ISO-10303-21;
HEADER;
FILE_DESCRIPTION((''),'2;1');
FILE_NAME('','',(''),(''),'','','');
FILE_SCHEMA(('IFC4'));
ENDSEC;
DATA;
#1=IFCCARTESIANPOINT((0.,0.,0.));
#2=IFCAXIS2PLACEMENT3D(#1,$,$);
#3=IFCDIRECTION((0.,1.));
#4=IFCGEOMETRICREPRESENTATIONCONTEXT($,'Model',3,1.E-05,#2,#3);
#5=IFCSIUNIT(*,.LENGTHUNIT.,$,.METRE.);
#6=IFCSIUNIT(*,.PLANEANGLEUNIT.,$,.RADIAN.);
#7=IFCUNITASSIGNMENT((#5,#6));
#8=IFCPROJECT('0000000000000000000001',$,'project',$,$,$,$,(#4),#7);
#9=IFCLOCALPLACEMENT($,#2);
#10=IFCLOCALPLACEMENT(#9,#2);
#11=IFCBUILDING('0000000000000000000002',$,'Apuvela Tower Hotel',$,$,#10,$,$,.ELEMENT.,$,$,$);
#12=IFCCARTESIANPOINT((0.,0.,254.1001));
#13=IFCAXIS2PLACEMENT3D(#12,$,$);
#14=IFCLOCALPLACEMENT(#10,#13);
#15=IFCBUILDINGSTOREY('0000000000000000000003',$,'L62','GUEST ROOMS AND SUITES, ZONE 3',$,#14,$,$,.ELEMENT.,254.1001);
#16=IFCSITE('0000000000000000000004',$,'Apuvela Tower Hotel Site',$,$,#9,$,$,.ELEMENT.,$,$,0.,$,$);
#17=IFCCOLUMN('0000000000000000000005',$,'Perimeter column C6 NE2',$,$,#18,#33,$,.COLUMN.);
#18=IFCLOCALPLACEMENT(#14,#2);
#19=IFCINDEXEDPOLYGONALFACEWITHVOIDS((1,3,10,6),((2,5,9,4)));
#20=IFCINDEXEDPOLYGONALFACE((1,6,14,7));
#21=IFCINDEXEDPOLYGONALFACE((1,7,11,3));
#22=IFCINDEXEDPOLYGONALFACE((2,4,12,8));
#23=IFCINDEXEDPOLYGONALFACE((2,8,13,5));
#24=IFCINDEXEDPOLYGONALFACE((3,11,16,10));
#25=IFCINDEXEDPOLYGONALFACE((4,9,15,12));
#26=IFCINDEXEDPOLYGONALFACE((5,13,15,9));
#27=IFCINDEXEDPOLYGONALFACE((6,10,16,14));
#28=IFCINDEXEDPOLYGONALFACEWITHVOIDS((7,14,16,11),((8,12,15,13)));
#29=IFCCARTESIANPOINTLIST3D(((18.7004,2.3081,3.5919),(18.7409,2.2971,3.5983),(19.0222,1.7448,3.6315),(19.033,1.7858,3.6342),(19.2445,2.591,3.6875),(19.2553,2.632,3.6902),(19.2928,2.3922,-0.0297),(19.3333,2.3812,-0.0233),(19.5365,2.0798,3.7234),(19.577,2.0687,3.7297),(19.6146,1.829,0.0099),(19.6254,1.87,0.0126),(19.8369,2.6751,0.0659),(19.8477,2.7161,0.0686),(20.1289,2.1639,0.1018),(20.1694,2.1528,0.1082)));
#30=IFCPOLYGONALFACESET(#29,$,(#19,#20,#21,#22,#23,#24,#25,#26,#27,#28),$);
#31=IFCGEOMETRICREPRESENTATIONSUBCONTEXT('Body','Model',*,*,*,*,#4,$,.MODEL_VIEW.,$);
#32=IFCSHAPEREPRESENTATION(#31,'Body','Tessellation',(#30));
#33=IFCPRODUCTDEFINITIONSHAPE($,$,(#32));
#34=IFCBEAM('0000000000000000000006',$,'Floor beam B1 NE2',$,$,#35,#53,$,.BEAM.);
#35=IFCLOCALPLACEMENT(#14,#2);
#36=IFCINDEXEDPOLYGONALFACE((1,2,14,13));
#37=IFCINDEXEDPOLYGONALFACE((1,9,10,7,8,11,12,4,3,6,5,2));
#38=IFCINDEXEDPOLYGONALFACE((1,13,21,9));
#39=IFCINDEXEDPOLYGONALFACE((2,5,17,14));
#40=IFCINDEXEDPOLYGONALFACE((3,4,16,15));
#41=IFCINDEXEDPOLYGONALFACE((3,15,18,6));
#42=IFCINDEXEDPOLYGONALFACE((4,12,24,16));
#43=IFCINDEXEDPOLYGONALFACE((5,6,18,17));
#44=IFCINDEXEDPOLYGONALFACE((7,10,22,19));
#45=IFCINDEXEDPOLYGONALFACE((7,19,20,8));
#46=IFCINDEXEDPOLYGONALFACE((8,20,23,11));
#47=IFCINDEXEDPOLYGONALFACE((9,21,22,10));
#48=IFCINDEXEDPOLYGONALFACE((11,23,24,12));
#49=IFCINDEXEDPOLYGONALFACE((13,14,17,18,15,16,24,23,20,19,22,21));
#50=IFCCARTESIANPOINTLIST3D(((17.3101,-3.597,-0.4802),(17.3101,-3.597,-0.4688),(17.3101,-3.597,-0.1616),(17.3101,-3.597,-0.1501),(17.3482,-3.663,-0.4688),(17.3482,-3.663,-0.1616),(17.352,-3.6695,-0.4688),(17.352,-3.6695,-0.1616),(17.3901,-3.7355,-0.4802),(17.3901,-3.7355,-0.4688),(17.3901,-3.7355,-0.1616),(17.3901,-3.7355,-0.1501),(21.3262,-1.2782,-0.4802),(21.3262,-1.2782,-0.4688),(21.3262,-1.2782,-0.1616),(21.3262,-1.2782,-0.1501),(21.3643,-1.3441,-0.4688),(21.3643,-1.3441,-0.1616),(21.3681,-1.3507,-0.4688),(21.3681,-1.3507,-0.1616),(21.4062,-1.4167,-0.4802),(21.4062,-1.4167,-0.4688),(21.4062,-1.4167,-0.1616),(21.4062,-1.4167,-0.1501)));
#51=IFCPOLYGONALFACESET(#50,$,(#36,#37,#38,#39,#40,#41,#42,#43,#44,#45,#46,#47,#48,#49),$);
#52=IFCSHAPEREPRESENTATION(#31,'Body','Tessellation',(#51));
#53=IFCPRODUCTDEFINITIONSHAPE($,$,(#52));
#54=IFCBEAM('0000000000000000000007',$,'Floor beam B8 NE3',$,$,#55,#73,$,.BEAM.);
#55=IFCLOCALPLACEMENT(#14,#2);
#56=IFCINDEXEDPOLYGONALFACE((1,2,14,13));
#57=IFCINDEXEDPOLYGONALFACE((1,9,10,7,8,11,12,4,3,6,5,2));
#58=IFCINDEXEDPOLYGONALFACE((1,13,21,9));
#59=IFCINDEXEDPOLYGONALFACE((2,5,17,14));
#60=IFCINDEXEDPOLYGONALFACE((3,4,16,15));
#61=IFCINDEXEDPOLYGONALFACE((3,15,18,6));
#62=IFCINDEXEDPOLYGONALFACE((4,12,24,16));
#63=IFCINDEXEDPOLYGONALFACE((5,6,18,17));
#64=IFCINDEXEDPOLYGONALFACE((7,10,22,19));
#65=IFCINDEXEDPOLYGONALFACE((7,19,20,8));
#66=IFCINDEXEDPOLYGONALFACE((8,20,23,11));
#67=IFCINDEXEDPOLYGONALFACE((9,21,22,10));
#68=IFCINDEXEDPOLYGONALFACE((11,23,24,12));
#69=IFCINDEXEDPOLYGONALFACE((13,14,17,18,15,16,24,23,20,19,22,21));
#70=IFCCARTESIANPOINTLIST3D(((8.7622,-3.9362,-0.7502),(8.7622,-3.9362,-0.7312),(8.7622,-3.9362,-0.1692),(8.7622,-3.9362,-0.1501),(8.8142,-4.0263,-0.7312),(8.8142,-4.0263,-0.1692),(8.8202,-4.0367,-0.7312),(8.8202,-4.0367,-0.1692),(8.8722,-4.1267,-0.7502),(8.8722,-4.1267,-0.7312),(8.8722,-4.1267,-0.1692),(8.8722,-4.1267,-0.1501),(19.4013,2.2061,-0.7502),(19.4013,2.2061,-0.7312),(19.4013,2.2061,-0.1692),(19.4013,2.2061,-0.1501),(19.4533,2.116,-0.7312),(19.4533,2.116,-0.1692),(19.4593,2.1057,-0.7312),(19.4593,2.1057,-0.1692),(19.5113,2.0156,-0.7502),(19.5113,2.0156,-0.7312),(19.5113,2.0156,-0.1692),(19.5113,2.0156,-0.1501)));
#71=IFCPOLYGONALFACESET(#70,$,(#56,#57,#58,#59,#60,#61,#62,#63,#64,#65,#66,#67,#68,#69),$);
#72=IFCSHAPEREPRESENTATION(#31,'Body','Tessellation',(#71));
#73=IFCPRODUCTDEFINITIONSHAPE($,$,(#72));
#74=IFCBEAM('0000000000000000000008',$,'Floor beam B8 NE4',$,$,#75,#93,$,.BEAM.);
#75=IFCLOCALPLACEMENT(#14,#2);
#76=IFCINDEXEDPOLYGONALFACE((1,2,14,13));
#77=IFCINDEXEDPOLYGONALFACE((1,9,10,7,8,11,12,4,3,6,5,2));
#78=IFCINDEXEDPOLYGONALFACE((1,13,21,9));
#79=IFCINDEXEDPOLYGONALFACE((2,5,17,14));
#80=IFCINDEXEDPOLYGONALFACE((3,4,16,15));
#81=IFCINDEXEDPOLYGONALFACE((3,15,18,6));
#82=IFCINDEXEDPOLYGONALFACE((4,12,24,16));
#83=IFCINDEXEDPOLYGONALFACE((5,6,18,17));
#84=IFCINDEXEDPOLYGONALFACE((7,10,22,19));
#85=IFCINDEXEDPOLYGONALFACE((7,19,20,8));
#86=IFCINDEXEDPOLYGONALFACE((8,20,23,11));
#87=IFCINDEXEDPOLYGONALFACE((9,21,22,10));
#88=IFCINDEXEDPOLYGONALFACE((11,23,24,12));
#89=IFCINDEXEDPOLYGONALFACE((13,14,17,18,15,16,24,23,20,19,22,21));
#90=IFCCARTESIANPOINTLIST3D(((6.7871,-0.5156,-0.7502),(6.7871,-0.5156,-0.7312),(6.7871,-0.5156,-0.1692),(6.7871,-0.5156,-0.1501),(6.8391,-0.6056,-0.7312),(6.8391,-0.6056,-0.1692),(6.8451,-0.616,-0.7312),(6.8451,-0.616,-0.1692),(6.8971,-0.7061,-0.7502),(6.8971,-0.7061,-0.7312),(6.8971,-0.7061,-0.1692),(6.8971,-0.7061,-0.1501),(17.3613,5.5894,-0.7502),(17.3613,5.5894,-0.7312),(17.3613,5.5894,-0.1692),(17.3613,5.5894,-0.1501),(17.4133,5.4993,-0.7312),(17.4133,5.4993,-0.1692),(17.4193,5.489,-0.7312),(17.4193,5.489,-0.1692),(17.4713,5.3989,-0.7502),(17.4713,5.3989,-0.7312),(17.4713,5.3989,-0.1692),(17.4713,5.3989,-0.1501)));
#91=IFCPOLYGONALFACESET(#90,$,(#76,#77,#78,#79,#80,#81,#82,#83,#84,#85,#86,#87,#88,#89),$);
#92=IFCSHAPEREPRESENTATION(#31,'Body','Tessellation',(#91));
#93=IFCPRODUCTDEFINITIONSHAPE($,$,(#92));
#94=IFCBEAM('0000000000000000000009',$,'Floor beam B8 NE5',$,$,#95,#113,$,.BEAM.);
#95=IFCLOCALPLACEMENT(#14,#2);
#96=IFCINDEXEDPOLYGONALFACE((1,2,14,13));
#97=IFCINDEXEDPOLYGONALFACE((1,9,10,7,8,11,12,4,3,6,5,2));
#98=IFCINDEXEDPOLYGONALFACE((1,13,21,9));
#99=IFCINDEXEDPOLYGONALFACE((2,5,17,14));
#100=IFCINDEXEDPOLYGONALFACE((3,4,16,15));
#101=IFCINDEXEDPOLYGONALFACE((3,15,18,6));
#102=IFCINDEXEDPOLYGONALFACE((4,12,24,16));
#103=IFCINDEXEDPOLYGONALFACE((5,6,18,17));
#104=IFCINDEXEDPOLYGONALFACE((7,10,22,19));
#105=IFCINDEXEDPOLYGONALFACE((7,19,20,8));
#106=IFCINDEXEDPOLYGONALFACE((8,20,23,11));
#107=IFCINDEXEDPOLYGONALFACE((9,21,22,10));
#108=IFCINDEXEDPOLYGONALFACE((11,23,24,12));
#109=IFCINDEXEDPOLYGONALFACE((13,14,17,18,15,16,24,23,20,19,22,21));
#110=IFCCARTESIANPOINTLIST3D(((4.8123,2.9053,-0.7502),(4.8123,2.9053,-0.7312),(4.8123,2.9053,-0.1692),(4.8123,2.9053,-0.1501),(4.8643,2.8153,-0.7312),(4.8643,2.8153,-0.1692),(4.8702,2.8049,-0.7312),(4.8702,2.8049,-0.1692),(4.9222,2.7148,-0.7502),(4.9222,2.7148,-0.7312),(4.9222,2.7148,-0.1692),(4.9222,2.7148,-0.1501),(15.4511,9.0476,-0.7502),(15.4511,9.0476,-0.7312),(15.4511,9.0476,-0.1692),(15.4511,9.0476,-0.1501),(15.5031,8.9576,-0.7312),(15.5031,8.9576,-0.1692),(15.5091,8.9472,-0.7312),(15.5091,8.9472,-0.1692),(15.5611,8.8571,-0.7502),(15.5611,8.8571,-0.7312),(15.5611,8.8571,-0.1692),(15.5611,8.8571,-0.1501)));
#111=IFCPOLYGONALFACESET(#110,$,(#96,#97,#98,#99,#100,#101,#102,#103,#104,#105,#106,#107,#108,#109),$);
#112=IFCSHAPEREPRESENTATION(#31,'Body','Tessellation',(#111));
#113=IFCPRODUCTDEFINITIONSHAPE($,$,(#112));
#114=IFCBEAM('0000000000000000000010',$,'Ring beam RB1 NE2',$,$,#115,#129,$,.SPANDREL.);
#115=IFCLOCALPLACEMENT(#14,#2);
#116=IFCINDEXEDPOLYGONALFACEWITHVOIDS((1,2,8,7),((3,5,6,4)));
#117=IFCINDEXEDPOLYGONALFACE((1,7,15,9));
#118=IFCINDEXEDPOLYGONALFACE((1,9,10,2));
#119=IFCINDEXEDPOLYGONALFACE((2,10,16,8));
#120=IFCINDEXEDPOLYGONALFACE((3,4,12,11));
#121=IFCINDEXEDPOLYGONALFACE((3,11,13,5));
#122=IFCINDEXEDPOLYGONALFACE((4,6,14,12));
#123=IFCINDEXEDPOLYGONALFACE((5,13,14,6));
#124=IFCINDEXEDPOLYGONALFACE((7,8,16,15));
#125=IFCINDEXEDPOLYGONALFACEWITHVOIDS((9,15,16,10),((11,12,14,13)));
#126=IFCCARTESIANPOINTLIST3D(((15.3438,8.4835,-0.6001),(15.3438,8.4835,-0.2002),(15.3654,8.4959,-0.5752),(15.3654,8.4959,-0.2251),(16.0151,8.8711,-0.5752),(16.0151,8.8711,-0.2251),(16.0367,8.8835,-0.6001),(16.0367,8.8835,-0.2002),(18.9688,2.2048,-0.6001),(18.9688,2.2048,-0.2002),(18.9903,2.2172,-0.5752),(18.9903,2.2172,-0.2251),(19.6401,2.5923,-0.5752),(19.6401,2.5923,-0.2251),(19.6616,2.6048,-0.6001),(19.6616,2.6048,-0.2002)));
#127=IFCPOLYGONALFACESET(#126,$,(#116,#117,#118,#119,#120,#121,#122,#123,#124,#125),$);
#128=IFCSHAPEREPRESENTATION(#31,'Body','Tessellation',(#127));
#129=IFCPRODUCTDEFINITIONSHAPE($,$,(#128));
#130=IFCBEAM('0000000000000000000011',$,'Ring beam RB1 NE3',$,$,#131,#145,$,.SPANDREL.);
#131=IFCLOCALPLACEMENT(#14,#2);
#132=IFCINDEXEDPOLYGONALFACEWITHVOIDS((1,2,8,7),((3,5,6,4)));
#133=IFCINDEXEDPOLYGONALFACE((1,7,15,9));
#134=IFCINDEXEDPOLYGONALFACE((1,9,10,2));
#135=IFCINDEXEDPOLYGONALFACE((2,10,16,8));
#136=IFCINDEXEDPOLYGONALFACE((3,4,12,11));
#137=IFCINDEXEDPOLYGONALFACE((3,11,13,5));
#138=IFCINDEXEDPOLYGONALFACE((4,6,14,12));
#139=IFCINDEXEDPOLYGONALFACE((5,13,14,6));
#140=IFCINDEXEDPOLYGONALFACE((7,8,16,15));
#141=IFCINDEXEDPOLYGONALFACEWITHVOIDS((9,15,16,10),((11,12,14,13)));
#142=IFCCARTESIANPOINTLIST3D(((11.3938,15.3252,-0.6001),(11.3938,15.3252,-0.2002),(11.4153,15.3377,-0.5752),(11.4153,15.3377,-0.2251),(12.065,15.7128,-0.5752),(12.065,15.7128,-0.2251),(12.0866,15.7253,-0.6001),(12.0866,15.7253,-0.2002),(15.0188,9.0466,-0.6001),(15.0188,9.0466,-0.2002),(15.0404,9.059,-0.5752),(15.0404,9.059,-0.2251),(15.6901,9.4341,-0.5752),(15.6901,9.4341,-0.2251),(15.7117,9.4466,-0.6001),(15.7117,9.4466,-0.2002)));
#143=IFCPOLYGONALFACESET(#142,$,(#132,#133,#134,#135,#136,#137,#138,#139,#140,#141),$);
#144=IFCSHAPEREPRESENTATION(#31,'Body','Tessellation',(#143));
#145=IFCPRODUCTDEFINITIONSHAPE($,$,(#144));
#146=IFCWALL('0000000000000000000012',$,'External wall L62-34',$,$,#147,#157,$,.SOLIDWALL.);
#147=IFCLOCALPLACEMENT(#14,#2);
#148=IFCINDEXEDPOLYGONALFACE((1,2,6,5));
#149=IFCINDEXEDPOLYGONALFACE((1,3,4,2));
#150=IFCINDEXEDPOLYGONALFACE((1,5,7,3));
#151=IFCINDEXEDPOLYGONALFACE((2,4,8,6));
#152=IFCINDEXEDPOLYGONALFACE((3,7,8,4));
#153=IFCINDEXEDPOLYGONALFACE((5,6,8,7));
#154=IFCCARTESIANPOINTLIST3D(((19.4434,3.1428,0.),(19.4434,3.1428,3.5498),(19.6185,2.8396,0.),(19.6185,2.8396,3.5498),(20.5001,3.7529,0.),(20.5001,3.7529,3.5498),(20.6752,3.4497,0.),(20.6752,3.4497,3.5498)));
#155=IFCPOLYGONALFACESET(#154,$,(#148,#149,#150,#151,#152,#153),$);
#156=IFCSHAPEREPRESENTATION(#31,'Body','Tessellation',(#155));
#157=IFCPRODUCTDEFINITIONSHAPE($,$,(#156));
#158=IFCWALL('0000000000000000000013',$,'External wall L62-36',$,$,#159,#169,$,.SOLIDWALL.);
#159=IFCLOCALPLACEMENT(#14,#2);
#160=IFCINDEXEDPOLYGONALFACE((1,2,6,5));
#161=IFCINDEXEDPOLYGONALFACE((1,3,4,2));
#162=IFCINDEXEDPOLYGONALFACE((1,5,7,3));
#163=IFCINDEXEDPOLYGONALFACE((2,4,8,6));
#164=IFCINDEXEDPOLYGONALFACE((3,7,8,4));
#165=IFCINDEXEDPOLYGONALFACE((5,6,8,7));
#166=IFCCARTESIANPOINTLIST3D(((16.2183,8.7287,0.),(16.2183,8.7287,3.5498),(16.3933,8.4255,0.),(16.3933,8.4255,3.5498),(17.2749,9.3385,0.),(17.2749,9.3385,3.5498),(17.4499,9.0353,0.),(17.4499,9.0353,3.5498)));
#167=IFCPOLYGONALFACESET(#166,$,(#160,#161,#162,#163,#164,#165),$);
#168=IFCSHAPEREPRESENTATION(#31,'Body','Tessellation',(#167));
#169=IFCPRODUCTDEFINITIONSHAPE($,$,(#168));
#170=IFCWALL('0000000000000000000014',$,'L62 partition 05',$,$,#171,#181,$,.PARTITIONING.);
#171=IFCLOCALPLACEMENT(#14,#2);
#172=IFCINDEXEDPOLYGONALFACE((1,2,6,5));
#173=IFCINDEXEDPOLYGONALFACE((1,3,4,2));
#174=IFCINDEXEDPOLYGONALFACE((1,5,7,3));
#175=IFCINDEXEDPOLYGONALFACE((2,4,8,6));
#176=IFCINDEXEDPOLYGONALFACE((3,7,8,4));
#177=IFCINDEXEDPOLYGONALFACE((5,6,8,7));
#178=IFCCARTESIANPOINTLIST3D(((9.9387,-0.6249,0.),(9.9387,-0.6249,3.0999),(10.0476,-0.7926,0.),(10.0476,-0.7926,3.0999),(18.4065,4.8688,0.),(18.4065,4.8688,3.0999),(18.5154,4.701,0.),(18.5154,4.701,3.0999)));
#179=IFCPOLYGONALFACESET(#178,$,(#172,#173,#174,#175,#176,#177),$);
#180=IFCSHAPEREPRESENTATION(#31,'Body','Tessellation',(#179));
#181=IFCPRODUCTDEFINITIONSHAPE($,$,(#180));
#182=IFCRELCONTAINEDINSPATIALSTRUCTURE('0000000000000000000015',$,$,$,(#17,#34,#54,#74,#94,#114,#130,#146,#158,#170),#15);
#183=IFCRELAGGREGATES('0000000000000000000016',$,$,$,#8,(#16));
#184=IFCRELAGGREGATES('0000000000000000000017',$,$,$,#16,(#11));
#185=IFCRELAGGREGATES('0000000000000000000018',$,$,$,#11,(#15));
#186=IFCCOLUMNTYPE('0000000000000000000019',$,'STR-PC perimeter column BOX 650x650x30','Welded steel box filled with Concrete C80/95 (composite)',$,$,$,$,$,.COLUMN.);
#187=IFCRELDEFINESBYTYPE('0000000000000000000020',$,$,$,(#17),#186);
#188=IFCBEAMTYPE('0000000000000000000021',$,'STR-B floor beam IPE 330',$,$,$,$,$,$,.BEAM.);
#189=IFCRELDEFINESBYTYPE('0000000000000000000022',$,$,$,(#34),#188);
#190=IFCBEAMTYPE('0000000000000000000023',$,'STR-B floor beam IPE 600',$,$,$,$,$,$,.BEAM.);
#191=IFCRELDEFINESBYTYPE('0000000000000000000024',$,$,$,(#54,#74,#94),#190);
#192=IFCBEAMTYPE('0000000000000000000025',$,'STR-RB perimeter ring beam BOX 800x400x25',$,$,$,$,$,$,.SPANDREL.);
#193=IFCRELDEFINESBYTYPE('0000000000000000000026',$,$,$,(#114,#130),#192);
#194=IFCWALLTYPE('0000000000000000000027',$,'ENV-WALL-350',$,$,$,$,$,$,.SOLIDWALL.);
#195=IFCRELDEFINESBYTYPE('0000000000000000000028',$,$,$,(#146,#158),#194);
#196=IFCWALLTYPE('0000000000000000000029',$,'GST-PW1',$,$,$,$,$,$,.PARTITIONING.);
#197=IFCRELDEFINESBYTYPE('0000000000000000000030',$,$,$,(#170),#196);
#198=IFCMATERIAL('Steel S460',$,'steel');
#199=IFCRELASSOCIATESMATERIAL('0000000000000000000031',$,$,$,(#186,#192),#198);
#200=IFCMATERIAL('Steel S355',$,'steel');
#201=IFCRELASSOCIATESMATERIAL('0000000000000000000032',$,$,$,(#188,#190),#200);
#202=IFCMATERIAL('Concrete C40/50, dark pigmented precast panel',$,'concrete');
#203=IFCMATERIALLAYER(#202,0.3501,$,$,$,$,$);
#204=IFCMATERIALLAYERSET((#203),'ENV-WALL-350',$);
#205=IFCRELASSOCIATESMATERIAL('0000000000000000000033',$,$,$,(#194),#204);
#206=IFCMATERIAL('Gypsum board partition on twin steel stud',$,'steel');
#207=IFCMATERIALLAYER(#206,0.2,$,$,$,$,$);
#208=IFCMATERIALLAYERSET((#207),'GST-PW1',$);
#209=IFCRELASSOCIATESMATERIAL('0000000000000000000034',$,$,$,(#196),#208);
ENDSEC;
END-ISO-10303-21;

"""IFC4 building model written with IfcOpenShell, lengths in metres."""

from ifc_helpers import new_model, si_unit, direction, frame, frame_2d, origin, origin_2d, place, context, subcontext, project, spatial, rectangle, hollow_rectangle, i_section, extrude, boolean, halfspace, material, layer, layer_set, material_profile, profile_set, type_object, element, save


model = new_model("IFC4")

# Units and contexts
model_context = context("Model", 3, precision=1e-05, world=origin(), true_north=direction((0.0, 1.0)))
body_context = subcontext(model_context, "Body", "Model", "MODEL_VIEW")
ifc_project = project(units=[si_unit("LENGTHUNIT", "METRE"), si_unit("PLANEANGLEUNIT", "RADIAN")], contexts=[model_context])

# Site, building, storey
site_placement = place(None, origin())
site = spatial("IfcSite", under=ifc_project, at=site_placement, Name="Apuvela Tower Hotel Site", CompositionType="ELEMENT", RefElevation=0.0)
building_placement = place(site_placement, origin())
building = spatial("IfcBuilding", under=site, at=building_placement, Name="Apuvela Tower Hotel", CompositionType="ELEMENT")
storey_placement = place(building_placement, frame((0.0, 0.0, 254.1001)))
storey = spatial("IfcBuildingStorey", under=building, at=storey_placement, Name="L62", Description="GUEST ROOMS AND SUITES, ZONE 3", CompositionType="ELEMENT", Elevation=254.1001)

# Column
ifc_material_1 = material(Name="Steel S460", Category="steel")
ifc_material_profile_1 = material_profile(ifc_material_1, hollow_rectangle(XDim=0.6499, YDim=0.6499, WallThickness=0.03, at=origin_2d()), Name="BOX 650x650x30")
ifc_material_2 = material(Name="Concrete C80/95", Category="concrete")
ifc_material_profile_2 = material_profile(ifc_material_2, rectangle(XDim=0.5901, YDim=0.5901, at=origin_2d()), Name="Concrete C80/95 infill")
ifc_profile_set_1 = profile_set([ifc_material_profile_1, ifc_material_profile_2], Name="Steel S460")
column_type = type_object("IfcColumnType", Name="STR-PC perimeter column BOX 650x650x30", Description="Welded steel box filled with Concrete C80/95 (composite)", PredefinedType="COLUMN", material=ifc_profile_set_1)
column_1_placement = place(storey_placement, frame((19.7375, 2.2734, 0.0), z_axis=(-0.161389, -0.022916, 0.986625), x_axis=(0.49511, -0.866696, 0.060858)))
element("IfcColumn", 1, at=column_1_placement, inside=storey, type_object=column_type, Name="Perimeter column C6 NE2", PredefinedType="COLUMN", context=body_context, shape_type="SweptSolid", body=[
    boolean("DIFFERENCE", boolean("DIFFERENCE", extrude(hollow_rectangle(XDim=0.6499, YDim=0.6499, WallThickness=0.03, at=origin_2d()), origin(), (0.0, 0.0, 1.0), 3.75), halfspace(frame((0.0, 0.0, 0.0398), z_axis=(0.0, 0.0, 1.0), x_axis=(1.0, 0.0, 0.0)), True)), halfspace(frame((0.0, 0.0, 3.7104), z_axis=(0.0, 0.0, 1.0), x_axis=(1.0, 0.0, 0.0)), False)),
])

# Beams
ifc_material_3 = material(Name="Steel S355", Category="steel")
ifc_material_profile_3 = material_profile(ifc_material_3, i_section(OverallWidth=0.1599, OverallDepth=0.3301, WebThickness=0.0076, FlangeThickness=0.0115, at=origin_2d()), Name="IPE 330")
ifc_profile_set_2 = profile_set([ifc_material_profile_3], Name="Steel S355")
beam_type_1 = type_object("IfcBeamType", Name="STR-B floor beam IPE 330", PredefinedType="BEAM", material=ifc_profile_set_2)
beam_1_placement = place(storey_placement, frame((21.3662, -1.3474, -0.3152), z_axis=(-0.866012, -0.500023, 0.0), x_axis=(0.500023, -0.866012, 0.0)))
element("IfcBeam", 2, at=beam_1_placement, inside=storey, type_object=beam_type_1, Name="Floor beam B1 NE2", PredefinedType="BEAM", context=body_context, shape_type="SweptSolid", body=[
    extrude(i_section(OverallWidth=0.1599, OverallDepth=0.3301, WebThickness=0.0076, FlangeThickness=0.0115, at=origin_2d()), origin(), (0.0, 0.0, 1.0), 4.6375),
])
ifc_material_profile_4 = material_profile(ifc_material_3, i_section(OverallWidth=0.22, OverallDepth=0.6001, WebThickness=0.012, FlangeThickness=0.019, at=origin_2d()), Name="IPE 600")
ifc_profile_set_3 = profile_set([ifc_material_profile_4], Name="Steel S355")
beam_type_2 = type_object("IfcBeamType", Name="STR-B floor beam IPE 600", PredefinedType="BEAM", material=ifc_profile_set_3)
beam_2_placement = place(storey_placement, frame((19.4563, 2.1108, -0.4502), z_axis=(-0.866032, -0.499989, 0.0), x_axis=(0.499989, -0.866032, 0.0)))
element("IfcBeam", 3, at=beam_2_placement, inside=storey, type_object=beam_type_2, Name="Floor beam B8 NE3", PredefinedType="BEAM", context=body_context, shape_type="SweptSolid", body=[
    extrude(i_section(OverallWidth=0.22, OverallDepth=0.6001, WebThickness=0.012, FlangeThickness=0.019, at=origin_2d()), origin(), (0.0, 0.0, 1.0), 12.2849),
])
beam_3_placement = place(storey_placement, frame((17.4163, 5.4941, -0.4502), z_axis=(-0.866027, -0.499997, 0.0), x_axis=(0.499997, -0.866027, 0.0)))
element("IfcBeam", 4, at=beam_3_placement, inside=storey, type_object=beam_type_2, Name="Floor beam B8 NE4", PredefinedType="BEAM", context=body_context, shape_type="SweptSolid", body=[
    extrude(i_section(OverallWidth=0.22, OverallDepth=0.6001, WebThickness=0.012, FlangeThickness=0.019, at=origin_2d()), origin(), (0.0, 0.0, 1.0), 12.21),
])
beam_4_placement = place(storey_placement, frame((15.5061, 8.9524, -0.4502), z_axis=(-0.866027, -0.499997, 0.0), x_axis=(0.499997, -0.866027, 0.0)))
element("IfcBeam", 5, at=beam_4_placement, inside=storey, type_object=beam_type_2, Name="Floor beam B8 NE5", PredefinedType="BEAM", context=body_context, shape_type="SweptSolid", body=[
    extrude(i_section(OverallWidth=0.22, OverallDepth=0.6001, WebThickness=0.012, FlangeThickness=0.019, at=origin_2d()), origin(), (0.0, 0.0, 1.0), 12.2847),
])
ifc_material_profile_5 = material_profile(ifc_material_1, hollow_rectangle(XDim=0.8, YDim=0.3999, WallThickness=0.0249, at=origin_2d()), Name="BOX 800x400x25")
ifc_profile_set_4 = profile_set([ifc_material_profile_5], Name="Steel S460")
beam_type_3 = type_object("IfcBeamType", Name="STR-RB perimeter ring beam BOX 800x400x25", PredefinedType="SPANDREL", material=ifc_profile_set_4)
for number, where, z_axis, x_axis, name in (
    (6, (19.3152, 2.4048, -0.4001), (-0.499993, 0.86603, 0.0), (-0.86603, -0.499993, 0.0), "Ring beam RB1 NE2"),
    (7, (15.3652, 9.2466, -0.4001), (-0.500007, 0.866021, 0.0), (-0.866021, -0.500007, 0.0), "Ring beam RB1 NE3"),
):
    element("IfcBeam", number, at=place(storey_placement, frame(where, z_axis=z_axis, x_axis=x_axis)), inside=storey, type_object=beam_type_3, Name=name, PredefinedType="SPANDREL", context=body_context, shape_type="SweptSolid", body=[
        extrude(hollow_rectangle(XDim=0.8, YDim=0.3999, WallThickness=0.0249, at=origin_2d()), origin(), (0.0, 0.0, 1.0), 7.25),
    ])

# Wall
ifc_material_4 = material(Name="Concrete C40/50, dark pigmented precast panel", Category="concrete")
ifc_layer_1 = layer(ifc_material_4, 0.3501)
ifc_layer_set_1 = layer_set([ifc_layer_1], Name="ENV-WALL-350")
wall_type_1 = type_object("IfcWallType", Name="ENV-WALL-350", PredefinedType="SOLIDWALL", material=ifc_layer_set_1)
wall_1_placement = place(storey_placement, frame((20.5876, 3.6013, 0.0), z_axis=(0.0, 0.0, 1.0), x_axis=(-0.866006, -0.500034, 0.0)))
element("IfcWall", 8, at=wall_1_placement, inside=storey, type_object=wall_type_1, Name="External wall L62-34", PredefinedType="SOLIDWALL", context=body_context, shape_type="SweptSolid", body=[
    extrude(rectangle(XDim=1.2202, YDim=0.3501, at=frame_2d((0.6101, 0.0))), origin(), (0.0, 0.0, 1.0), 3.5498),
])

# Wall
wall_2_placement = place(storey_placement, frame((16.3059, 8.5771, 0.0), z_axis=(0.0, 0.0, 1.0), x_axis=(0.866092, 0.499884, 0.0)))
element("IfcWall", 9, at=wall_2_placement, inside=storey, type_object=wall_type_1, Name="External wall L62-36", PredefinedType="SOLIDWALL", context=body_context, shape_type="SweptSolid", body=[
    extrude(rectangle(XDim=1.22, YDim=0.3501, at=frame_2d((0.6099, 0.0))), origin(), (0.0, 0.0, 1.0), 3.5498),
])

# Wall
ifc_material_5 = material(Name="Gypsum board partition on twin steel stud", Category="steel")
ifc_layer_2 = layer(ifc_material_5, 0.2)
ifc_layer_set_2 = layer_set([ifc_layer_2], Name="GST-PW1")
wall_type_2 = type_object("IfcWallType", Name="GST-PW1", PredefinedType="PARTITIONING", material=ifc_layer_set_2)
wall_3_placement = place(storey_placement, frame((18.4609, 4.7849, 0.0), z_axis=(0.0, 0.0, 1.0), x_axis=(-0.838914, -0.544264, 0.0)))
element("IfcWall", 10, at=wall_3_placement, inside=storey, type_object=wall_type_2, Name="L62 partition 05", PredefinedType="PARTITIONING", context=body_context, shape_type="SweptSolid", body=[
    extrude(rectangle(XDim=10.0938, YDim=0.2, at=frame_2d((5.0469, 0.0))), origin(), (0.0, 0.0, 1.0), 3.0999),
])

save(model, "model.ifc")
